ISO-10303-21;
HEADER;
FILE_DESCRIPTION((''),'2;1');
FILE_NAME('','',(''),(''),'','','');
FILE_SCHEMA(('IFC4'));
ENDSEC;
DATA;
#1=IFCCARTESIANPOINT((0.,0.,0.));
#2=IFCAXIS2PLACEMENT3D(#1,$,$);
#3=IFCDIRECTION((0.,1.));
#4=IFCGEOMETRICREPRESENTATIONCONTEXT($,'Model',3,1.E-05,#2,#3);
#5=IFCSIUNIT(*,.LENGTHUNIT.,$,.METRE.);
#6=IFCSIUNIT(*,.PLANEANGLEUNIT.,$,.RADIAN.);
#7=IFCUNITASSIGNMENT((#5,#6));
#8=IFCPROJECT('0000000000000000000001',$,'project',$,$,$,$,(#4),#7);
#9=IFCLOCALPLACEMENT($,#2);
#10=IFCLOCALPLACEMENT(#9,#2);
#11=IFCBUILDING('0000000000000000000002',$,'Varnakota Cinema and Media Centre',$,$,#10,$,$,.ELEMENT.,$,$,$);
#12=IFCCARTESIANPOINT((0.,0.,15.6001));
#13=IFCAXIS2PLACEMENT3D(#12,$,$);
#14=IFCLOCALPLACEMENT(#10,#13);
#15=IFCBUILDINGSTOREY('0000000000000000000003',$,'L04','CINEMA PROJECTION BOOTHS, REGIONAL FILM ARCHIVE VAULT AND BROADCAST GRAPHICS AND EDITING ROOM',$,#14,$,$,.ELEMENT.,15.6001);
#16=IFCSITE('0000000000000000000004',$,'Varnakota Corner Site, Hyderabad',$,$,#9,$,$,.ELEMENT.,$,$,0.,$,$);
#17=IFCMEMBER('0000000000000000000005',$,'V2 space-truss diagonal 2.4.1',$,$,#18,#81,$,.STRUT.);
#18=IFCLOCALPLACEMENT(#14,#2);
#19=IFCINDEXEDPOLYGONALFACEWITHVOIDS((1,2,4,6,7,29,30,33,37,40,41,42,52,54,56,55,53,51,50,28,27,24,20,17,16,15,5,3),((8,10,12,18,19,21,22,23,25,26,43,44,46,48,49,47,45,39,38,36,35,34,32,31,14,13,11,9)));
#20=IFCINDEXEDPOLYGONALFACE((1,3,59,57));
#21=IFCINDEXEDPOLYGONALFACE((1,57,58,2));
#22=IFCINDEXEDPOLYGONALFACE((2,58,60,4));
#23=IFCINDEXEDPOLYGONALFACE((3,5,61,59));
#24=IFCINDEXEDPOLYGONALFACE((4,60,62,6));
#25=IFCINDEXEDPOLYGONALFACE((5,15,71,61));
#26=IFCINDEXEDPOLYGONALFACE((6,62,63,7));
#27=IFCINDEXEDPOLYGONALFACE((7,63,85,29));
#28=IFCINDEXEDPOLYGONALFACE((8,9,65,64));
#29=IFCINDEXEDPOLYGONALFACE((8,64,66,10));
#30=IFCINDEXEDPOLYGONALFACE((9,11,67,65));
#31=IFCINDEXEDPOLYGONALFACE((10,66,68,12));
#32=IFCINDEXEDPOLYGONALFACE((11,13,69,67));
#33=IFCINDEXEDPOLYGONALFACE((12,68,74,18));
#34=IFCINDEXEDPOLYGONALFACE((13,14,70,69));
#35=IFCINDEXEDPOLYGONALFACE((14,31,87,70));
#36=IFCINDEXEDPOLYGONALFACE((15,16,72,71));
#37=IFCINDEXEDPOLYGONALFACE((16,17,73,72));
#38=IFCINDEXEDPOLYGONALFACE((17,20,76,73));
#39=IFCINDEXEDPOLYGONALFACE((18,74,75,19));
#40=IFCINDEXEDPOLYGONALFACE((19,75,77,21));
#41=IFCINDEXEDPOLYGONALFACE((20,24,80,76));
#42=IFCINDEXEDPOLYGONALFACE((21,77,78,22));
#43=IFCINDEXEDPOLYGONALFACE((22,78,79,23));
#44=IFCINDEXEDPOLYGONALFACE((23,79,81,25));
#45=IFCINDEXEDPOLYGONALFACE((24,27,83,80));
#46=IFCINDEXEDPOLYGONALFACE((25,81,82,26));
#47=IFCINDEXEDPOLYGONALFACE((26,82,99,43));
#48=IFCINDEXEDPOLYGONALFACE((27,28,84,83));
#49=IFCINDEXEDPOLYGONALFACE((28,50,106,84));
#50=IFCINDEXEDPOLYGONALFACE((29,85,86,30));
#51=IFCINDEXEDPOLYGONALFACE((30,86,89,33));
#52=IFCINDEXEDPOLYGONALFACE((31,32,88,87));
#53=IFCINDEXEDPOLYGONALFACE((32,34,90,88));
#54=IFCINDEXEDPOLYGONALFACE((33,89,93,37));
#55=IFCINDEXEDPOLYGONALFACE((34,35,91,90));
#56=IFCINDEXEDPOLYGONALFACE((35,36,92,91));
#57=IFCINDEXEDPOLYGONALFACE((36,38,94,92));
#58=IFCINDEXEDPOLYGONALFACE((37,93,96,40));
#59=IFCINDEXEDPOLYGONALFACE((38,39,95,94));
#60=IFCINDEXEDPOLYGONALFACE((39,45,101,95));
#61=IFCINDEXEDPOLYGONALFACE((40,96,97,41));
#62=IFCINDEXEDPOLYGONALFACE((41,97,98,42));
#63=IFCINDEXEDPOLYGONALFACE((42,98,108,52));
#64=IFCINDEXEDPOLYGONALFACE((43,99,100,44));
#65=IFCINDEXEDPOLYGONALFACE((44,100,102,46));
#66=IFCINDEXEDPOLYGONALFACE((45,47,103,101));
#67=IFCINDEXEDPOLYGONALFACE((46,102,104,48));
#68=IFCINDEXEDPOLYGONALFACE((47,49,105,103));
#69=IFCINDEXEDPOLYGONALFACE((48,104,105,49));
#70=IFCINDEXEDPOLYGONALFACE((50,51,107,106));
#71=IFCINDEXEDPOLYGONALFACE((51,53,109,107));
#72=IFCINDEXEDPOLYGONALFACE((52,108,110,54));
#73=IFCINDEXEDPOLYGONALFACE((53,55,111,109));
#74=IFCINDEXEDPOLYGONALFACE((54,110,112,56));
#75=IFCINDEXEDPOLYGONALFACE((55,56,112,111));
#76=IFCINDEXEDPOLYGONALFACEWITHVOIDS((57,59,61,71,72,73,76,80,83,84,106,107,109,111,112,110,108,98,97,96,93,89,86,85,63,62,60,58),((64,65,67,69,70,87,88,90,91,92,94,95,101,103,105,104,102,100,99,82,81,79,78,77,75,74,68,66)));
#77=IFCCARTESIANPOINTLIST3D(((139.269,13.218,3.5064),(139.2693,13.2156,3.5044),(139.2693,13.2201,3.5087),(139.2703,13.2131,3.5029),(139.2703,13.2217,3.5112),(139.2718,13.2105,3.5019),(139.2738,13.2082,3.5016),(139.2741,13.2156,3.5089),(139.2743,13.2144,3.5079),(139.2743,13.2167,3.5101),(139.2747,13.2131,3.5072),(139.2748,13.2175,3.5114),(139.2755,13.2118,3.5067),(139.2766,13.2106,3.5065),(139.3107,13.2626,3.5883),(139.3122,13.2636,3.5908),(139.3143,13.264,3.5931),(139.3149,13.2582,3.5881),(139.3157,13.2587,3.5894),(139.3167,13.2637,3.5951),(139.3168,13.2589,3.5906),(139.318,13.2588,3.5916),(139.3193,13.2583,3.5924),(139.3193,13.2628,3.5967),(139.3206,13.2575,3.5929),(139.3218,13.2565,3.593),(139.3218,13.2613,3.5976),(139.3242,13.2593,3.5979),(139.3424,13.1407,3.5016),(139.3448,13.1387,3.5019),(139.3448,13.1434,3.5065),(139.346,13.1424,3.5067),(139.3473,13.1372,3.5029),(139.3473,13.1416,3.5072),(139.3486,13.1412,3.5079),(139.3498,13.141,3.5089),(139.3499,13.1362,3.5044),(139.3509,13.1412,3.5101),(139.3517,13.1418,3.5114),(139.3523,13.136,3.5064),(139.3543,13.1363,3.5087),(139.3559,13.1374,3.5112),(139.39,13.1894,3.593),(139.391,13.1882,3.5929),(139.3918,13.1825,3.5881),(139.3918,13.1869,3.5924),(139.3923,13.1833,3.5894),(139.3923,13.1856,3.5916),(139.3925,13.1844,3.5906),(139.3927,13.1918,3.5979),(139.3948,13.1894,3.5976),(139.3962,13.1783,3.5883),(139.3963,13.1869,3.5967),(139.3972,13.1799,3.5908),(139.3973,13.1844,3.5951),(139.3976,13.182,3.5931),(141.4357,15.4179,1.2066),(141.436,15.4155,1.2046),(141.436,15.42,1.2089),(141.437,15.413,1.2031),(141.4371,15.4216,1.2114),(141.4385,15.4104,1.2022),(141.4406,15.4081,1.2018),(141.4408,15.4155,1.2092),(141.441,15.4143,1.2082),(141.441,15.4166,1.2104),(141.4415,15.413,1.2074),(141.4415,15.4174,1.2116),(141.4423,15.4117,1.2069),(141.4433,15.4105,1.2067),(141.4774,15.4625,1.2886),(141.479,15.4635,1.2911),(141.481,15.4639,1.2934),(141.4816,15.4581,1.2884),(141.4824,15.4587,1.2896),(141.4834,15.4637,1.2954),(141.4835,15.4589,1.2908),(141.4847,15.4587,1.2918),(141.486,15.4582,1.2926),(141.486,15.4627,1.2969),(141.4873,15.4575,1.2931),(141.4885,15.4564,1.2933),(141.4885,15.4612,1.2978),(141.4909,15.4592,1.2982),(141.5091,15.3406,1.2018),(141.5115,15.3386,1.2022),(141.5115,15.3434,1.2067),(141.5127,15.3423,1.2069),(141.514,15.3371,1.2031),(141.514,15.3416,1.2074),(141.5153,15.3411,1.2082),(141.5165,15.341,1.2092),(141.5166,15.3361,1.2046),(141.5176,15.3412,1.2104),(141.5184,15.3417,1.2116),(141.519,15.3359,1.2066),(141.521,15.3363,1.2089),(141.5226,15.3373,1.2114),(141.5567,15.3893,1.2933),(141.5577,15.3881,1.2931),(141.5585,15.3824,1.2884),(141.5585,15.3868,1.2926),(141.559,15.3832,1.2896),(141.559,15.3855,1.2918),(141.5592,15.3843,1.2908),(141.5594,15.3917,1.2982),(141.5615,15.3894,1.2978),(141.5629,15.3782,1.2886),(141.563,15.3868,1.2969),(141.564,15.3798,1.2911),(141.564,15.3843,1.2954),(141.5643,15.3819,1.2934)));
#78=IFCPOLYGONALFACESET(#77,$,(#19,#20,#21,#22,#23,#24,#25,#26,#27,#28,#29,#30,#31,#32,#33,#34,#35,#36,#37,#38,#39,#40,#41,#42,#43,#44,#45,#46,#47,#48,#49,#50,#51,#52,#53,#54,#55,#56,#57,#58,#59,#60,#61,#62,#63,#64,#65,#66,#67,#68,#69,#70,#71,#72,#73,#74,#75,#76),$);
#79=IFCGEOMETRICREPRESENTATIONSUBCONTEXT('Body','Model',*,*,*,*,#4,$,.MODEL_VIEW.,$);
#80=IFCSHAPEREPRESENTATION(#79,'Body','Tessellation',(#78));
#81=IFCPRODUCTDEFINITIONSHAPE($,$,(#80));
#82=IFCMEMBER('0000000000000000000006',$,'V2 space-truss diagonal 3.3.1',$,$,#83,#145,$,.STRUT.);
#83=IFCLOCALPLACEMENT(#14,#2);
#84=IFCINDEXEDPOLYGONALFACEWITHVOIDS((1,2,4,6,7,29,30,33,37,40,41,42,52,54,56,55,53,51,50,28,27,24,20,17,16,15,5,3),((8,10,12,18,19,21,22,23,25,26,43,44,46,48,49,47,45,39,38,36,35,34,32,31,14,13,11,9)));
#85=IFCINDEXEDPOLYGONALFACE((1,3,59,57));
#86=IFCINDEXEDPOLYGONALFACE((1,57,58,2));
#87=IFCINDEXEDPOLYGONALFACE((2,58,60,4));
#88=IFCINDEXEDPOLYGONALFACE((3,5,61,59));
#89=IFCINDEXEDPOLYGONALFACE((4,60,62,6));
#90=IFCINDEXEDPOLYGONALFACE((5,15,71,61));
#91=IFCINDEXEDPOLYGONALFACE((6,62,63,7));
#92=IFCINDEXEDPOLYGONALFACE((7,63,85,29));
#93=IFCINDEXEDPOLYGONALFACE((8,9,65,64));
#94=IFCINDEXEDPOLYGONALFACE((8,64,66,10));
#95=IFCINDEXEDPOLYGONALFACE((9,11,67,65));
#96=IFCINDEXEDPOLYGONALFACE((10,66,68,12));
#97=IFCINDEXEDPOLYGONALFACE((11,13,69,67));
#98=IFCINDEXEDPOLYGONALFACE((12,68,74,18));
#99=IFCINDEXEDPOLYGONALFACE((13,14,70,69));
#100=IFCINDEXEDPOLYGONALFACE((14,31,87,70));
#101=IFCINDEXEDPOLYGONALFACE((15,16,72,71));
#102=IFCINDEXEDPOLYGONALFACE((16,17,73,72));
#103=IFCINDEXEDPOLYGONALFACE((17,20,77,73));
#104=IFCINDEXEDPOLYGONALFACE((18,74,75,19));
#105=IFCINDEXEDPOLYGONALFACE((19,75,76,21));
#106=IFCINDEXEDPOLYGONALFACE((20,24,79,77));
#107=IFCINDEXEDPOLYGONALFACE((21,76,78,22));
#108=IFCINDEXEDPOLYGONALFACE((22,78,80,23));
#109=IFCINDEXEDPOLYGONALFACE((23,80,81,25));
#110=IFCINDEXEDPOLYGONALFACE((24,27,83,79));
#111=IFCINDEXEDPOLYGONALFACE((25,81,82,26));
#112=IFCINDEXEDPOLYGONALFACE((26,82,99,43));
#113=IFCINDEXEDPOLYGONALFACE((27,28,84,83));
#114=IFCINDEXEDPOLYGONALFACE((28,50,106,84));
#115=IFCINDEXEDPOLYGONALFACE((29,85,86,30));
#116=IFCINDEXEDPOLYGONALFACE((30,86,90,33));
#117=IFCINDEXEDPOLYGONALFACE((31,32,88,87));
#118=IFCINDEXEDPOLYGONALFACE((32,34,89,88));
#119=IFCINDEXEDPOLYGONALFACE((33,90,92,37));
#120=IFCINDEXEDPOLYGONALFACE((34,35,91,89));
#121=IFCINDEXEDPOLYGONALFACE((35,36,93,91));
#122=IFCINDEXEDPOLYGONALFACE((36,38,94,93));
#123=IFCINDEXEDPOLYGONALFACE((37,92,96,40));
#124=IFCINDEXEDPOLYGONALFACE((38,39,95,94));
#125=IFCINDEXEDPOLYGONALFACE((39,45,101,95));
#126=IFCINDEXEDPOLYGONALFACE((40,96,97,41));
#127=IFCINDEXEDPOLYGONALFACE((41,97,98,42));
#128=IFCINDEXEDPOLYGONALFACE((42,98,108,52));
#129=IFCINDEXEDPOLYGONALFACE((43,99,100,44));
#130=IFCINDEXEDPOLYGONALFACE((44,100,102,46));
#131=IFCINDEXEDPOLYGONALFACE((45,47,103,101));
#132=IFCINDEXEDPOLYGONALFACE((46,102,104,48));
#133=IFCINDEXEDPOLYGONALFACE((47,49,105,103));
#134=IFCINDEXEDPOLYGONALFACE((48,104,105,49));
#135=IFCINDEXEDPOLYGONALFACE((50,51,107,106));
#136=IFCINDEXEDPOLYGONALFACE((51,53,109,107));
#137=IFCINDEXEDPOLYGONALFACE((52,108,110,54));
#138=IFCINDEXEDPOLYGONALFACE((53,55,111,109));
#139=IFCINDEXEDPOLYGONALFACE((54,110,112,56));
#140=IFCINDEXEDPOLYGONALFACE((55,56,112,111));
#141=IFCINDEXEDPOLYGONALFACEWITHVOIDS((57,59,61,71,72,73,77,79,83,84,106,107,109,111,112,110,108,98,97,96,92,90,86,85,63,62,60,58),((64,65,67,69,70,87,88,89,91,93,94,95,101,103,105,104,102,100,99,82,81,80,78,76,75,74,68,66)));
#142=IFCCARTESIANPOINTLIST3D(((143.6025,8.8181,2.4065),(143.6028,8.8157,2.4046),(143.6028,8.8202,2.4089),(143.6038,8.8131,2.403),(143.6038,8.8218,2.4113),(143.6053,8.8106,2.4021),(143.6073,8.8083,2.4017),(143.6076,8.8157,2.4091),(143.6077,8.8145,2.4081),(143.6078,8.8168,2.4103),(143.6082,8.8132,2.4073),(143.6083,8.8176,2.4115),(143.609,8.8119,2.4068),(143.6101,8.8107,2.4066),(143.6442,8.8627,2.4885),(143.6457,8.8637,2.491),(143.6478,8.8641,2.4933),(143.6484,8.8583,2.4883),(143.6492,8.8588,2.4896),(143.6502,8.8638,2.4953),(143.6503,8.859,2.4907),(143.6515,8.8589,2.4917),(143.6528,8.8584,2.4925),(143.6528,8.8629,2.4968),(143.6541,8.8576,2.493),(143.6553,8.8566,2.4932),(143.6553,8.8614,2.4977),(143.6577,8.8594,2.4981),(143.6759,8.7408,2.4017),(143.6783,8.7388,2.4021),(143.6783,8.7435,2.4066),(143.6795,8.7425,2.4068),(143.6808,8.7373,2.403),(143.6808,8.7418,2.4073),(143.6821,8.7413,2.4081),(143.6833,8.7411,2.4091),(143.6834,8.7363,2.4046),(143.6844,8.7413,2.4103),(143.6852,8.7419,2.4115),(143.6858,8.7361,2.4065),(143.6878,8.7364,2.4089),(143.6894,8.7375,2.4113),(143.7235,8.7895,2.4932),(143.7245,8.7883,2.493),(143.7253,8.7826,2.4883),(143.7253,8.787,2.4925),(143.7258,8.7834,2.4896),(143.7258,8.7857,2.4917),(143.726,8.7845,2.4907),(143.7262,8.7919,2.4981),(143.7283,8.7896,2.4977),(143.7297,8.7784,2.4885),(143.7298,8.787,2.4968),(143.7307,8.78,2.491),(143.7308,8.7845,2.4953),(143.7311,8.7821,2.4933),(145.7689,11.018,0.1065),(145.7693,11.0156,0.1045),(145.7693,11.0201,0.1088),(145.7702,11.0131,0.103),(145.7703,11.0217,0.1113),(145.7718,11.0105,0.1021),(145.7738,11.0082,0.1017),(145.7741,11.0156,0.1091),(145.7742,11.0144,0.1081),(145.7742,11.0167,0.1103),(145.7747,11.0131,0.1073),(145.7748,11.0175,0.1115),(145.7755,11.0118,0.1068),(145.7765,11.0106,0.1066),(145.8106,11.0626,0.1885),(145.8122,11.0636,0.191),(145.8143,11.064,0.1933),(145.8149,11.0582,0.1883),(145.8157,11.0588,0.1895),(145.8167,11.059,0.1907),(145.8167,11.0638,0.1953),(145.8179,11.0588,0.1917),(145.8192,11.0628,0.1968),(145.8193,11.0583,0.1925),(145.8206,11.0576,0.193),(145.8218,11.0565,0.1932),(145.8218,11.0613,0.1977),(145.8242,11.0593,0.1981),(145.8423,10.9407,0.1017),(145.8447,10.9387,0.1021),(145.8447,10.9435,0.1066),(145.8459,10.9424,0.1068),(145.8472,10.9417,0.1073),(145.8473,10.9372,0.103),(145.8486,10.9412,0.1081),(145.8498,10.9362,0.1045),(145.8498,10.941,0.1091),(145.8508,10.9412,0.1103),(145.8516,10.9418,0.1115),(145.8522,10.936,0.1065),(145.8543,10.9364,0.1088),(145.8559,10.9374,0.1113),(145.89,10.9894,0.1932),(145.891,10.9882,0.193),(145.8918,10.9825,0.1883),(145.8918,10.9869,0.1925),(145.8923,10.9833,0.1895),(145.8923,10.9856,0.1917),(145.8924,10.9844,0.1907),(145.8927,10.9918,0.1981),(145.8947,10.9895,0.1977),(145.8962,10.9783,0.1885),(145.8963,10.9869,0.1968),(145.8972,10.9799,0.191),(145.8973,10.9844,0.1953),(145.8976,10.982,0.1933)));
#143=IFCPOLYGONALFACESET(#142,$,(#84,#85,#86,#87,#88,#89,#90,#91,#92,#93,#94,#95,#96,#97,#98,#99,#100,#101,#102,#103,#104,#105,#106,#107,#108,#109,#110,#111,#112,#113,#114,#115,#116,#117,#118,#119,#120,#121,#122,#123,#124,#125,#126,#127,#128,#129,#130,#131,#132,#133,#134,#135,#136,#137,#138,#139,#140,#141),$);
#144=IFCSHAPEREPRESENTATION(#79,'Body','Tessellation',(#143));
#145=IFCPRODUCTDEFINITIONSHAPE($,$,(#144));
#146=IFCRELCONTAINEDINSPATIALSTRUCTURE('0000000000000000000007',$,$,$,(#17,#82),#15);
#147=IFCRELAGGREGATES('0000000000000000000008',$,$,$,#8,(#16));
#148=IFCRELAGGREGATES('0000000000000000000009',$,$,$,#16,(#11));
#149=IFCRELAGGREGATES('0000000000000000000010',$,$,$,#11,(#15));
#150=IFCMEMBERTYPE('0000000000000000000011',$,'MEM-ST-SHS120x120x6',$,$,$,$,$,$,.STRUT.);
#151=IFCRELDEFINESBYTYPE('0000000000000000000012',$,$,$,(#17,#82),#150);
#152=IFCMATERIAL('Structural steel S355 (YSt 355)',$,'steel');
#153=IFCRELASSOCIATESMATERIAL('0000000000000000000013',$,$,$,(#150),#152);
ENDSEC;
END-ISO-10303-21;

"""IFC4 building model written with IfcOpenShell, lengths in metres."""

from ifc_helpers import new_model, si_unit, direction, frame, origin, origin_2d, place, context, subcontext, project, spatial, hollow_rectangle, extrude, material, material_profile, profile_set, type_object, element, save


model = new_model("IFC4")

# Units and contexts
model_context = context("Model", 3, precision=1e-05, world=origin(), true_north=direction((0.0, 1.0)))
body_context = subcontext(model_context, "Body", "Model", "MODEL_VIEW")
ifc_project = project(units=[si_unit("LENGTHUNIT", "METRE"), si_unit("PLANEANGLEUNIT", "RADIAN")], contexts=[model_context])

# Site, building, storey
site_placement = place(None, origin())
site = spatial("IfcSite", under=ifc_project, at=site_placement, Name="Varnakota Corner Site, Hyderabad", CompositionType="ELEMENT", RefElevation=0.0)
building_placement = place(site_placement, origin())
building = spatial("IfcBuilding", under=site, at=building_placement, Name="Varnakota Cinema and Media Centre", CompositionType="ELEMENT")
storey_placement = place(building_placement, frame((0.0, 0.0, 15.6001)))
storey = spatial("IfcBuildingStorey", under=building, at=storey_placement, Name="L04", Description="CINEMA PROJECTION BOOTHS, REGIONAL FILM ARCHIVE VAULT AND BROADCAST GRAPHICS AND EDITING ROOM", CompositionType="ELEMENT", Elevation=15.6001)

# Members
ifc_material_1 = material(Name="Structural steel S355 (YSt 355)", Category="steel")
ifc_material_profile_1 = material_profile(ifc_material_1, hollow_rectangle(XDim=0.1201, YDim=0.1201, WallThickness=0.0061, InnerFilletRadius=0.0061, OuterFilletRadius=0.012, at=origin_2d()), Name="SHS 120x120x6")
ifc_profile_set_1 = profile_set([ifc_material_profile_1], Name="Structural steel S355 (YSt 355)")
member_type_1 = type_object("IfcMemberType", Name="MEM-ST-SHS120x120x6", PredefinedType="STRUT", material=ifc_profile_set_1)
for number, where, z_axis, x_axis, name in (
    (1, (141.5, 15.3999, 1.25), (-0.562769, -0.571393, 0.597328), (0.712463, -0.70171, 0.0), "V2 space-truss diagonal 2.4.1"),
    (2, (145.8333, 11.0, 0.1499), (-0.562705, -0.571392, 0.59739), (0.712502, -0.70167, 0.0), "V2 space-truss diagonal 3.3.1"),
):
    element("IfcMember", number, at=place(storey_placement, frame(where, z_axis=z_axis, x_axis=x_axis)), inside=storey, type_object=member_type_1, Name=name, PredefinedType="STRUT", context=body_context, shape_type="SweptSolid", body=[
        extrude(hollow_rectangle(XDim=0.1201, YDim=0.1201, WallThickness=0.0061, InnerFilletRadius=0.0061, OuterFilletRadius=0.012, at=origin_2d()), origin(), (0.0, 0.0, 1.0), 3.8501),
    ])

save(model, "model.ifc")
